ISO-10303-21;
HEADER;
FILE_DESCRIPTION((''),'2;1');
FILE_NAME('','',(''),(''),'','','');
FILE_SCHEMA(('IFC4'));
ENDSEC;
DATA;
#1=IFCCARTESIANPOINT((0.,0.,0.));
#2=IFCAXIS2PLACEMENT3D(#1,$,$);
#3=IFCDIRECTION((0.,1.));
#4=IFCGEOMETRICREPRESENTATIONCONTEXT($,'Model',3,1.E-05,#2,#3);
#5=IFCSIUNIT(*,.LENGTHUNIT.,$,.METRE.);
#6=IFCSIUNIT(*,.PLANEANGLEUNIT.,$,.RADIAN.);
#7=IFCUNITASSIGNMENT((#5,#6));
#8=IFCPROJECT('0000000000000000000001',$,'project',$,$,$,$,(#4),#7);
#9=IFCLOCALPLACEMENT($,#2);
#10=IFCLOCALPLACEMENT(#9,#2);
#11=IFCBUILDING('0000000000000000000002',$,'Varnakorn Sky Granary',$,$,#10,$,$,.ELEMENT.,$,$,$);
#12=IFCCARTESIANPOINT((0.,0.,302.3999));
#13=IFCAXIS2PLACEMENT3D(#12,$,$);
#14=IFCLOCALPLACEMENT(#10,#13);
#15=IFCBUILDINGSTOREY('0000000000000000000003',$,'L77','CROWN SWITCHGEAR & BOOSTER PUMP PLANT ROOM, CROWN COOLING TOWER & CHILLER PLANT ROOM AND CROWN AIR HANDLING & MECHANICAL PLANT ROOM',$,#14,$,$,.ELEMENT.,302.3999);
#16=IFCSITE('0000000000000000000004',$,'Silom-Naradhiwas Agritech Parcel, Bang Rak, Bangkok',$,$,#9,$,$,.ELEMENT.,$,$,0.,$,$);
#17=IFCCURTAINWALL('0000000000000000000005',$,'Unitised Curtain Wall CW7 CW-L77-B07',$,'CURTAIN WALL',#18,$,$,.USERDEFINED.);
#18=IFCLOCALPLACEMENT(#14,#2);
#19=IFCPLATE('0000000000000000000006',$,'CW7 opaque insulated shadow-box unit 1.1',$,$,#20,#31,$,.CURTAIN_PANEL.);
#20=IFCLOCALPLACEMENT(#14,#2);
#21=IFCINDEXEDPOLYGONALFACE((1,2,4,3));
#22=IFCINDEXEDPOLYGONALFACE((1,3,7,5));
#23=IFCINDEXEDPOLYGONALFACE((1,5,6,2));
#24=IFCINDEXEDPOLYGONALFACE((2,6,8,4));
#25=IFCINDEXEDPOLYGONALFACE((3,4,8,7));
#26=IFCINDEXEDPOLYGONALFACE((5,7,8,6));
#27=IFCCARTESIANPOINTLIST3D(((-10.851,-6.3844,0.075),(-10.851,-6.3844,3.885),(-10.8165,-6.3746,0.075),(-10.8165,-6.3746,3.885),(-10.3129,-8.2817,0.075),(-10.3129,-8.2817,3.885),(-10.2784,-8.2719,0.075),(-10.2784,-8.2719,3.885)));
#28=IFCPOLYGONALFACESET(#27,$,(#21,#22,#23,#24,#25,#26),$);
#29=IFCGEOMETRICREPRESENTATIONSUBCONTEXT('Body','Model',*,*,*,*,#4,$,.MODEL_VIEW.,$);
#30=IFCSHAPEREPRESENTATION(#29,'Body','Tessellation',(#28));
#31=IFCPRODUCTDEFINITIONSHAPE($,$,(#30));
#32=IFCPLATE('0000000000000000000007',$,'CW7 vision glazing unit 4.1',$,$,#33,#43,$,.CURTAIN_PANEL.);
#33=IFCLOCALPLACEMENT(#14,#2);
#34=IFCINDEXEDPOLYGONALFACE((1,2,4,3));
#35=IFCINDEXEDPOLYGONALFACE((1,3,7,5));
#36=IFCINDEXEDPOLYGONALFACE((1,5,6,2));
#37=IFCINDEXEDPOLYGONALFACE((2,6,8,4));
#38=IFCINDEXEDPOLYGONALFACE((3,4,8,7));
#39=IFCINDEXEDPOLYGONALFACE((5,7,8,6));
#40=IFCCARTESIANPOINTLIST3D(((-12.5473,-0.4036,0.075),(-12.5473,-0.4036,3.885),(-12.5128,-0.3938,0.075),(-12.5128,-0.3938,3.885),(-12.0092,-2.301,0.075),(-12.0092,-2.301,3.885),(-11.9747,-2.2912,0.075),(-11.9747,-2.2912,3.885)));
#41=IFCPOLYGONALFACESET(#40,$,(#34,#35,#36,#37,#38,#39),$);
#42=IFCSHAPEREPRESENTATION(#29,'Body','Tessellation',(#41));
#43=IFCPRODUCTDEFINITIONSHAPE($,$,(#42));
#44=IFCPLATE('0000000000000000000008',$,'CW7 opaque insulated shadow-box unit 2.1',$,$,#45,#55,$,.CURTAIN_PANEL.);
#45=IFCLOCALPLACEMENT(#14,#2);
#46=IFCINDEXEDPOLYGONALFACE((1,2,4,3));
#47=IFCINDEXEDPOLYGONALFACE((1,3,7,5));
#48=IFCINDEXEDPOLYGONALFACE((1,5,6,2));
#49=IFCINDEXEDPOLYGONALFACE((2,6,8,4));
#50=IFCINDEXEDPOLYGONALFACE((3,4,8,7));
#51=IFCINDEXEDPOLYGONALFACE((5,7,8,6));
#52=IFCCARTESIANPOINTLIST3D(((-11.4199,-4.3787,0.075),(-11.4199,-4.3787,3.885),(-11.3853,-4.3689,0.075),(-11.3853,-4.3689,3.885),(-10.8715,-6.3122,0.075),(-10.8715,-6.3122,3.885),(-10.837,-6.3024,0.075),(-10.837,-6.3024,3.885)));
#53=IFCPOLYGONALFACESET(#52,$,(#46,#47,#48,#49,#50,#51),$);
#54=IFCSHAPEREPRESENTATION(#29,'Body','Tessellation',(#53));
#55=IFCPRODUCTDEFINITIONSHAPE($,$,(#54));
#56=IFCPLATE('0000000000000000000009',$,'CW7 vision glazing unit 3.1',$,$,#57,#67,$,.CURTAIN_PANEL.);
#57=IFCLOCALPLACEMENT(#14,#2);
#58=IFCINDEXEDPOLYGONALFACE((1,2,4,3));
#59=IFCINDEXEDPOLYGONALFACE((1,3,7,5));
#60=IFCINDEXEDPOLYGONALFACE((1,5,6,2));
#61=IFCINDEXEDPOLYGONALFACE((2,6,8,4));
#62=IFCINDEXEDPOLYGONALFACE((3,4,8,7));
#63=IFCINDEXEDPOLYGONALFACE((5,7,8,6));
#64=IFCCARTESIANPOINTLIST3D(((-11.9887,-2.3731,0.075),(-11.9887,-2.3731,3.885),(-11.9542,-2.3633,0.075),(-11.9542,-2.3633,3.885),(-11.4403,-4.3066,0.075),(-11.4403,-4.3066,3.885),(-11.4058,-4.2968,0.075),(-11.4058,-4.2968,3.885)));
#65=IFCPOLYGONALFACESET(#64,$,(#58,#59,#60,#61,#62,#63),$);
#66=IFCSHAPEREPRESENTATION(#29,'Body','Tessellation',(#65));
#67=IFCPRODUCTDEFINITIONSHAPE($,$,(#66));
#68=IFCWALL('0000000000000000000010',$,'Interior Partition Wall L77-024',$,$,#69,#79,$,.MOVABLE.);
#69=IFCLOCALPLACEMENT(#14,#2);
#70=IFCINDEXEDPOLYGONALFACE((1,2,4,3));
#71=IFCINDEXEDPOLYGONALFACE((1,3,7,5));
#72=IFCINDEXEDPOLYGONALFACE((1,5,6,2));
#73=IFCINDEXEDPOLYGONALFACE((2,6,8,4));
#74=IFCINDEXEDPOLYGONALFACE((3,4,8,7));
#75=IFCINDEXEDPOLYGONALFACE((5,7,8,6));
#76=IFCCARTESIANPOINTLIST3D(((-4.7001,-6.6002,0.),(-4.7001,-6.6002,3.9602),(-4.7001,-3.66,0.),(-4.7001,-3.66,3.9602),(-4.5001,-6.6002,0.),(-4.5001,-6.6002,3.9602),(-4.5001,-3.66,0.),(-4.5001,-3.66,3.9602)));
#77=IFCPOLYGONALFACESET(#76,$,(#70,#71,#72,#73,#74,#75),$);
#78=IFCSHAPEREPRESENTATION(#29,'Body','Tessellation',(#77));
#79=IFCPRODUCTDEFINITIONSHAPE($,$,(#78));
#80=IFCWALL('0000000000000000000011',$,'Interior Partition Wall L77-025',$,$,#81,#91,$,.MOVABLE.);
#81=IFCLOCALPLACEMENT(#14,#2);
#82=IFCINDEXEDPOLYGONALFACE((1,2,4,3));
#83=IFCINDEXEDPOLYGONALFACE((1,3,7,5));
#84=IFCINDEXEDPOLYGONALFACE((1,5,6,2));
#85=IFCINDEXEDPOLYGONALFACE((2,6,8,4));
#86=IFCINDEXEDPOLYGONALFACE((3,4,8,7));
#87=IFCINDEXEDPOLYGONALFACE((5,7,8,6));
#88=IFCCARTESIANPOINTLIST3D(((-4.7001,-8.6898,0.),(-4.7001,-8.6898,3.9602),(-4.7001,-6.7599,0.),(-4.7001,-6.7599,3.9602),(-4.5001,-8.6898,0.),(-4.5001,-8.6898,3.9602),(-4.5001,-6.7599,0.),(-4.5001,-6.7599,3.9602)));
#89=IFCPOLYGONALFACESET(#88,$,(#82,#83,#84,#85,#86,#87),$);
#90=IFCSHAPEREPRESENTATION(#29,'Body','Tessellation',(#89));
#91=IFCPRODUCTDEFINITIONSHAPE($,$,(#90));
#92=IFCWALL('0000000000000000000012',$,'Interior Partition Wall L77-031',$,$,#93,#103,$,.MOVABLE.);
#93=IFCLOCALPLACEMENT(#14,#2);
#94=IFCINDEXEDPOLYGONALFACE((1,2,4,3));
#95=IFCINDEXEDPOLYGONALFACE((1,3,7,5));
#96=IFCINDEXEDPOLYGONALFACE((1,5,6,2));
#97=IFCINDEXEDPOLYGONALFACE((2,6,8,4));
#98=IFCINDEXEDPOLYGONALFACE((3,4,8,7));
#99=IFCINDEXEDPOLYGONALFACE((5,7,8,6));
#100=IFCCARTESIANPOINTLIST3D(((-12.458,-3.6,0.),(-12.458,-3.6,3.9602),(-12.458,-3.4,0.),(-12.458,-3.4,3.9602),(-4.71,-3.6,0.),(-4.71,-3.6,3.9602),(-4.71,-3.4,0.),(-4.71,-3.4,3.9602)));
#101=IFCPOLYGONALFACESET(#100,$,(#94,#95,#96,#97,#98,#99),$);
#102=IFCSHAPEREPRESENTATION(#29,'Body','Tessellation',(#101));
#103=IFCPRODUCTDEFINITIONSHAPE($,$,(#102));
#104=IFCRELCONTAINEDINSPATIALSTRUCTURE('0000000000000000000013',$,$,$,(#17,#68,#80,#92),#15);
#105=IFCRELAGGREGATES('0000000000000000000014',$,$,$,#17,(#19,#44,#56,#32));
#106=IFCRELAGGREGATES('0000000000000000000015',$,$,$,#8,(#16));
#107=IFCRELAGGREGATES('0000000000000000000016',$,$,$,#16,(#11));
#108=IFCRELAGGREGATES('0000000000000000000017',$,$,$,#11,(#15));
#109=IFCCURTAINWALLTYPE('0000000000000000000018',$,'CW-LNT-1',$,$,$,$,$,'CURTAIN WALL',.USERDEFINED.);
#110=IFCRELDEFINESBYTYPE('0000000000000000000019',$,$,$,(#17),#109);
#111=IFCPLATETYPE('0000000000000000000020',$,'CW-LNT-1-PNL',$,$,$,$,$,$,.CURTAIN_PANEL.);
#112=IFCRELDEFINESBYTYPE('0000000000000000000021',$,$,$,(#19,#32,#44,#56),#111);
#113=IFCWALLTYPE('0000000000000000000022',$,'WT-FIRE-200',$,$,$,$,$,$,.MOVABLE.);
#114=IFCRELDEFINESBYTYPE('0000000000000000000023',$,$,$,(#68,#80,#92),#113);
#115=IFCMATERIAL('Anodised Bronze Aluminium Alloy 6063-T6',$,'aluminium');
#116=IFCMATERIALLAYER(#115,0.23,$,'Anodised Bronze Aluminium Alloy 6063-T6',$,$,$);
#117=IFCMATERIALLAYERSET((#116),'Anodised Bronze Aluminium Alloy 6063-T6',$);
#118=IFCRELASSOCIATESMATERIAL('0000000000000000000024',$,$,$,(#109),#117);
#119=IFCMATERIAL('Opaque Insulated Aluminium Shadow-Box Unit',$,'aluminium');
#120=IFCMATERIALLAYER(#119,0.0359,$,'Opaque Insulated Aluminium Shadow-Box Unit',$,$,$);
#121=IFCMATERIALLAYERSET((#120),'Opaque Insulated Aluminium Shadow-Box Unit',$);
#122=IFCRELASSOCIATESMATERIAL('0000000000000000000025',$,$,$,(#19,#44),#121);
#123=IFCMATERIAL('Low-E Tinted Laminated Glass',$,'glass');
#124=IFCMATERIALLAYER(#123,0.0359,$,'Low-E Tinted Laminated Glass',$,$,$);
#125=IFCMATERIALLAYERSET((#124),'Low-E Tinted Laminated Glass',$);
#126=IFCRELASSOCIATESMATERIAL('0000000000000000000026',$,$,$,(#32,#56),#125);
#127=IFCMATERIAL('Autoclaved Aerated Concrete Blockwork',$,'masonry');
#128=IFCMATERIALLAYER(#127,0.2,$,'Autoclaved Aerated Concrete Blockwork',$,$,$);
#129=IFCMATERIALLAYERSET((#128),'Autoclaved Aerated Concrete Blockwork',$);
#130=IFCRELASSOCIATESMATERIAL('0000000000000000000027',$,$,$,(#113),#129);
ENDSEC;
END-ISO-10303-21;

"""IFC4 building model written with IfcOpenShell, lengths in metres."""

from ifc_helpers import new_model, si_unit, direction, frame, frame_2d, origin, origin_2d, place, context, subcontext, project, spatial, rectangle, extrude, source, transform, mapped, material, layer, layer_set, type_object, type_shapes, element, aggregate, save


model = new_model("IFC4")

# Units and contexts
model_context = context("Model", 3, precision=1e-05, world=origin(), true_north=direction((0.0, 1.0)))
body_context = subcontext(model_context, "Body", "Model", "MODEL_VIEW")
ifc_project = project(units=[si_unit("LENGTHUNIT", "METRE"), si_unit("PLANEANGLEUNIT", "RADIAN")], contexts=[model_context])

# Site, building, storey
site_placement = place(None, origin())
site = spatial("IfcSite", under=ifc_project, at=site_placement, Name="Silom-Naradhiwas Agritech Parcel, Bang Rak, Bangkok", CompositionType="ELEMENT", RefElevation=0.0)
building_placement = place(site_placement, origin())
building = spatial("IfcBuilding", under=site, at=building_placement, Name="Varnakorn Sky Granary", CompositionType="ELEMENT")
storey_placement = place(building_placement, frame((0.0, 0.0, 302.3999)))
storey = spatial("IfcBuildingStorey", under=building, at=storey_placement, Name="L77", Description="CROWN SWITCHGEAR & BOOSTER PUMP PLANT ROOM, CROWN COOLING TOWER & CHILLER PLANT ROOM AND CROWN AIR HANDLING & MECHANICAL PLANT ROOM", CompositionType="ELEMENT", Elevation=302.3999)

# Curtain wall
ifc_material_1 = material(Name="Anodised Bronze Aluminium Alloy 6063-T6", Category="aluminium")
ifc_layer_1 = layer(ifc_material_1, 0.23, Name="Anodised Bronze Aluminium Alloy 6063-T6")
ifc_layer_set_1 = layer_set([ifc_layer_1], Name="Anodised Bronze Aluminium Alloy 6063-T6")
curtain_wall_type = type_object("IfcCurtainWallType", Name="CW-LNT-1", ElementType="CURTAIN WALL", PredefinedType="USERDEFINED", material=ifc_layer_set_1)
curtain_wall_placement = place(storey_placement, origin())
curtain_wall = element("IfcCurtainWall", 1, at=curtain_wall_placement, inside=storey, type_object=curtain_wall_type, Name="Unitised Curtain Wall CW7 CW-L77-B07", ObjectType="CURTAIN WALL", PredefinedType="USERDEFINED")

# Plates
ifc_material_2 = material(Name="Opaque Insulated Aluminium Shadow-Box Unit", Category="aluminium")
ifc_layer_2 = layer(ifc_material_2, 0.0359, Name="Opaque Insulated Aluminium Shadow-Box Unit")
ifc_layer_set_2 = layer_set([ifc_layer_2], Name="Opaque Insulated Aluminium Shadow-Box Unit")
plate_type = type_object("IfcPlateType", Name="CW-LNT-1-PNL", PredefinedType="CURTAIN_PANEL")
shared_shape_1 = source(origin(), body_context, "Body", "SweptSolid", [
    extrude(rectangle(XDim=1.9722, YDim=0.0359, at=origin_2d()), origin(), (0.0, 0.0, 1.0), 3.8101),
])
plate_1_placement = place(storey_placement, frame((-10.5647, -7.3281, 0.075), z_axis=(0.0, 0.0, 1.0), x_axis=(-0.27286, 0.962054, 0.0)))
plate_1 = element("IfcPlate", 2, at=plate_1_placement, type_object=plate_type, material=ifc_layer_set_2, Name="CW7 opaque insulated shadow-box unit 1.1", PredefinedType="CURTAIN_PANEL", context=body_context, shape_type="MappedRepresentation", body=[
    mapped(shared_shape_1, transform((0.0, 0.0, 0.0), x_axis=(1.0, 0.0, 0.0), y_axis=(0.0, 1.0, 0.0), z_axis=(0.0, 0.0, 1.0), scale=1.0)),
])
ifc_material_3 = material(Name="Low-E Tinted Laminated Glass", Category="glass")
ifc_layer_3 = layer(ifc_material_3, 0.0359, Name="Low-E Tinted Laminated Glass")
ifc_layer_set_3 = layer_set([ifc_layer_3], Name="Low-E Tinted Laminated Glass")
plate_2_placement = place(storey_placement, frame((-12.261, -1.3474, 0.075), z_axis=(0.0, 0.0, 1.0), x_axis=(-0.27286, 0.962054, 0.0)))
plate_2 = element("IfcPlate", 3, at=plate_2_placement, type_object=plate_type, material=ifc_layer_set_3, Name="CW7 vision glazing unit 4.1", PredefinedType="CURTAIN_PANEL", context=body_context, shape_type="MappedRepresentation", body=[
    mapped(shared_shape_1, transform((0.0, 0.0, 0.0), x_axis=(1.0, 0.0, 0.0), y_axis=(0.0, 1.0, 0.0), z_axis=(0.0, 0.0, 1.0), scale=1.0)),
])
shared_shape_2 = source(origin(), body_context, "Body", "SweptSolid", [
    extrude(rectangle(XDim=2.0098, YDim=0.0359, at=origin_2d()), origin(), (0.0, 0.0, 1.0), 3.8101),
])
type_shapes(plate_type, [shared_shape_1, shared_shape_2])
plate_3_placement = place(storey_placement, frame((-11.1284, -5.3406, 0.075), z_axis=(0.0, 0.0, 1.0), x_axis=(-0.27286, 0.962054, 0.0)))
plate_3 = element("IfcPlate", 4, at=plate_3_placement, type_object=plate_type, material=ifc_layer_set_2, Name="CW7 opaque insulated shadow-box unit 2.1", PredefinedType="CURTAIN_PANEL", context=body_context, shape_type="MappedRepresentation", body=[
    mapped(shared_shape_2, transform((0.0, 0.0, 0.0), x_axis=(1.0, 0.0, 0.0), y_axis=(0.0, 1.0, 0.0), z_axis=(0.0, 0.0, 1.0), scale=1.0)),
])
plate_4_placement = place(storey_placement, frame((-11.6973, -3.335, 0.075), z_axis=(0.0, 0.0, 1.0), x_axis=(-0.27286, 0.962054, 0.0)))
plate_4 = element("IfcPlate", 5, at=plate_4_placement, type_object=plate_type, material=ifc_layer_set_3, Name="CW7 vision glazing unit 3.1", PredefinedType="CURTAIN_PANEL", context=body_context, shape_type="MappedRepresentation", body=[
    mapped(shared_shape_2, transform((0.0, 0.0, 0.0), x_axis=(1.0, 0.0, 0.0), y_axis=(0.0, 1.0, 0.0), z_axis=(0.0, 0.0, 1.0), scale=1.0)),
])
aggregate(curtain_wall, [plate_1, plate_3, plate_4, plate_2])

# Walls
ifc_material_4 = material(Name="Autoclaved Aerated Concrete Blockwork", Category="masonry")
ifc_layer_4 = layer(ifc_material_4, 0.2, Name="Autoclaved Aerated Concrete Blockwork")
ifc_layer_set_4 = layer_set([ifc_layer_4], Name="Autoclaved Aerated Concrete Blockwork")
wall_type = type_object("IfcWallType", Name="WT-FIRE-200", PredefinedType="MOVABLE", material=ifc_layer_set_4)
wall_1_placement = place(storey_placement, frame((-4.6001, -3.6599, 0.0), z_axis=(0.0, 0.0, 1.0), x_axis=(0.0, -1.0, 0.0)))
element("IfcWall", 6, at=wall_1_placement, inside=storey, type_object=wall_type, Name="Interior Partition Wall L77-024", PredefinedType="MOVABLE", context=body_context, shape_type="SweptSolid", body=[
    extrude(rectangle(XDim=2.9402, YDim=0.2, at=frame_2d((1.4702, 0.0))), origin(), (0.0, 0.0, 1.0), 3.9602),
])
wall_2_placement = place(storey_placement, frame((-4.6001, -6.76, 0.0), z_axis=(0.0, 0.0, 1.0), x_axis=(0.0, -1.0, 0.0)))
element("IfcWall", 7, at=wall_2_placement, inside=storey, type_object=wall_type, Name="Interior Partition Wall L77-025", PredefinedType="MOVABLE", context=body_context, shape_type="SweptSolid", body=[
    extrude(rectangle(XDim=1.9299, YDim=0.2, at=frame_2d((0.9648, 0.0))), origin(), (0.0, 0.0, 1.0), 3.9602),
])
wall_3_placement = place(storey_placement, frame((-4.71, -3.5, 0.0), z_axis=(0.0, 0.0, 1.0), x_axis=(-1.0, 0.0, 0.0)))
element("IfcWall", 8, at=wall_3_placement, inside=storey, type_object=wall_type, Name="Interior Partition Wall L77-031", PredefinedType="MOVABLE", context=body_context, shape_type="SweptSolid", body=[
    extrude(rectangle(XDim=7.748, YDim=0.2, at=frame_2d((3.874, 0.0))), origin(), (0.0, 0.0, 1.0), 3.9602),
])

save(model, "model.ifc")
